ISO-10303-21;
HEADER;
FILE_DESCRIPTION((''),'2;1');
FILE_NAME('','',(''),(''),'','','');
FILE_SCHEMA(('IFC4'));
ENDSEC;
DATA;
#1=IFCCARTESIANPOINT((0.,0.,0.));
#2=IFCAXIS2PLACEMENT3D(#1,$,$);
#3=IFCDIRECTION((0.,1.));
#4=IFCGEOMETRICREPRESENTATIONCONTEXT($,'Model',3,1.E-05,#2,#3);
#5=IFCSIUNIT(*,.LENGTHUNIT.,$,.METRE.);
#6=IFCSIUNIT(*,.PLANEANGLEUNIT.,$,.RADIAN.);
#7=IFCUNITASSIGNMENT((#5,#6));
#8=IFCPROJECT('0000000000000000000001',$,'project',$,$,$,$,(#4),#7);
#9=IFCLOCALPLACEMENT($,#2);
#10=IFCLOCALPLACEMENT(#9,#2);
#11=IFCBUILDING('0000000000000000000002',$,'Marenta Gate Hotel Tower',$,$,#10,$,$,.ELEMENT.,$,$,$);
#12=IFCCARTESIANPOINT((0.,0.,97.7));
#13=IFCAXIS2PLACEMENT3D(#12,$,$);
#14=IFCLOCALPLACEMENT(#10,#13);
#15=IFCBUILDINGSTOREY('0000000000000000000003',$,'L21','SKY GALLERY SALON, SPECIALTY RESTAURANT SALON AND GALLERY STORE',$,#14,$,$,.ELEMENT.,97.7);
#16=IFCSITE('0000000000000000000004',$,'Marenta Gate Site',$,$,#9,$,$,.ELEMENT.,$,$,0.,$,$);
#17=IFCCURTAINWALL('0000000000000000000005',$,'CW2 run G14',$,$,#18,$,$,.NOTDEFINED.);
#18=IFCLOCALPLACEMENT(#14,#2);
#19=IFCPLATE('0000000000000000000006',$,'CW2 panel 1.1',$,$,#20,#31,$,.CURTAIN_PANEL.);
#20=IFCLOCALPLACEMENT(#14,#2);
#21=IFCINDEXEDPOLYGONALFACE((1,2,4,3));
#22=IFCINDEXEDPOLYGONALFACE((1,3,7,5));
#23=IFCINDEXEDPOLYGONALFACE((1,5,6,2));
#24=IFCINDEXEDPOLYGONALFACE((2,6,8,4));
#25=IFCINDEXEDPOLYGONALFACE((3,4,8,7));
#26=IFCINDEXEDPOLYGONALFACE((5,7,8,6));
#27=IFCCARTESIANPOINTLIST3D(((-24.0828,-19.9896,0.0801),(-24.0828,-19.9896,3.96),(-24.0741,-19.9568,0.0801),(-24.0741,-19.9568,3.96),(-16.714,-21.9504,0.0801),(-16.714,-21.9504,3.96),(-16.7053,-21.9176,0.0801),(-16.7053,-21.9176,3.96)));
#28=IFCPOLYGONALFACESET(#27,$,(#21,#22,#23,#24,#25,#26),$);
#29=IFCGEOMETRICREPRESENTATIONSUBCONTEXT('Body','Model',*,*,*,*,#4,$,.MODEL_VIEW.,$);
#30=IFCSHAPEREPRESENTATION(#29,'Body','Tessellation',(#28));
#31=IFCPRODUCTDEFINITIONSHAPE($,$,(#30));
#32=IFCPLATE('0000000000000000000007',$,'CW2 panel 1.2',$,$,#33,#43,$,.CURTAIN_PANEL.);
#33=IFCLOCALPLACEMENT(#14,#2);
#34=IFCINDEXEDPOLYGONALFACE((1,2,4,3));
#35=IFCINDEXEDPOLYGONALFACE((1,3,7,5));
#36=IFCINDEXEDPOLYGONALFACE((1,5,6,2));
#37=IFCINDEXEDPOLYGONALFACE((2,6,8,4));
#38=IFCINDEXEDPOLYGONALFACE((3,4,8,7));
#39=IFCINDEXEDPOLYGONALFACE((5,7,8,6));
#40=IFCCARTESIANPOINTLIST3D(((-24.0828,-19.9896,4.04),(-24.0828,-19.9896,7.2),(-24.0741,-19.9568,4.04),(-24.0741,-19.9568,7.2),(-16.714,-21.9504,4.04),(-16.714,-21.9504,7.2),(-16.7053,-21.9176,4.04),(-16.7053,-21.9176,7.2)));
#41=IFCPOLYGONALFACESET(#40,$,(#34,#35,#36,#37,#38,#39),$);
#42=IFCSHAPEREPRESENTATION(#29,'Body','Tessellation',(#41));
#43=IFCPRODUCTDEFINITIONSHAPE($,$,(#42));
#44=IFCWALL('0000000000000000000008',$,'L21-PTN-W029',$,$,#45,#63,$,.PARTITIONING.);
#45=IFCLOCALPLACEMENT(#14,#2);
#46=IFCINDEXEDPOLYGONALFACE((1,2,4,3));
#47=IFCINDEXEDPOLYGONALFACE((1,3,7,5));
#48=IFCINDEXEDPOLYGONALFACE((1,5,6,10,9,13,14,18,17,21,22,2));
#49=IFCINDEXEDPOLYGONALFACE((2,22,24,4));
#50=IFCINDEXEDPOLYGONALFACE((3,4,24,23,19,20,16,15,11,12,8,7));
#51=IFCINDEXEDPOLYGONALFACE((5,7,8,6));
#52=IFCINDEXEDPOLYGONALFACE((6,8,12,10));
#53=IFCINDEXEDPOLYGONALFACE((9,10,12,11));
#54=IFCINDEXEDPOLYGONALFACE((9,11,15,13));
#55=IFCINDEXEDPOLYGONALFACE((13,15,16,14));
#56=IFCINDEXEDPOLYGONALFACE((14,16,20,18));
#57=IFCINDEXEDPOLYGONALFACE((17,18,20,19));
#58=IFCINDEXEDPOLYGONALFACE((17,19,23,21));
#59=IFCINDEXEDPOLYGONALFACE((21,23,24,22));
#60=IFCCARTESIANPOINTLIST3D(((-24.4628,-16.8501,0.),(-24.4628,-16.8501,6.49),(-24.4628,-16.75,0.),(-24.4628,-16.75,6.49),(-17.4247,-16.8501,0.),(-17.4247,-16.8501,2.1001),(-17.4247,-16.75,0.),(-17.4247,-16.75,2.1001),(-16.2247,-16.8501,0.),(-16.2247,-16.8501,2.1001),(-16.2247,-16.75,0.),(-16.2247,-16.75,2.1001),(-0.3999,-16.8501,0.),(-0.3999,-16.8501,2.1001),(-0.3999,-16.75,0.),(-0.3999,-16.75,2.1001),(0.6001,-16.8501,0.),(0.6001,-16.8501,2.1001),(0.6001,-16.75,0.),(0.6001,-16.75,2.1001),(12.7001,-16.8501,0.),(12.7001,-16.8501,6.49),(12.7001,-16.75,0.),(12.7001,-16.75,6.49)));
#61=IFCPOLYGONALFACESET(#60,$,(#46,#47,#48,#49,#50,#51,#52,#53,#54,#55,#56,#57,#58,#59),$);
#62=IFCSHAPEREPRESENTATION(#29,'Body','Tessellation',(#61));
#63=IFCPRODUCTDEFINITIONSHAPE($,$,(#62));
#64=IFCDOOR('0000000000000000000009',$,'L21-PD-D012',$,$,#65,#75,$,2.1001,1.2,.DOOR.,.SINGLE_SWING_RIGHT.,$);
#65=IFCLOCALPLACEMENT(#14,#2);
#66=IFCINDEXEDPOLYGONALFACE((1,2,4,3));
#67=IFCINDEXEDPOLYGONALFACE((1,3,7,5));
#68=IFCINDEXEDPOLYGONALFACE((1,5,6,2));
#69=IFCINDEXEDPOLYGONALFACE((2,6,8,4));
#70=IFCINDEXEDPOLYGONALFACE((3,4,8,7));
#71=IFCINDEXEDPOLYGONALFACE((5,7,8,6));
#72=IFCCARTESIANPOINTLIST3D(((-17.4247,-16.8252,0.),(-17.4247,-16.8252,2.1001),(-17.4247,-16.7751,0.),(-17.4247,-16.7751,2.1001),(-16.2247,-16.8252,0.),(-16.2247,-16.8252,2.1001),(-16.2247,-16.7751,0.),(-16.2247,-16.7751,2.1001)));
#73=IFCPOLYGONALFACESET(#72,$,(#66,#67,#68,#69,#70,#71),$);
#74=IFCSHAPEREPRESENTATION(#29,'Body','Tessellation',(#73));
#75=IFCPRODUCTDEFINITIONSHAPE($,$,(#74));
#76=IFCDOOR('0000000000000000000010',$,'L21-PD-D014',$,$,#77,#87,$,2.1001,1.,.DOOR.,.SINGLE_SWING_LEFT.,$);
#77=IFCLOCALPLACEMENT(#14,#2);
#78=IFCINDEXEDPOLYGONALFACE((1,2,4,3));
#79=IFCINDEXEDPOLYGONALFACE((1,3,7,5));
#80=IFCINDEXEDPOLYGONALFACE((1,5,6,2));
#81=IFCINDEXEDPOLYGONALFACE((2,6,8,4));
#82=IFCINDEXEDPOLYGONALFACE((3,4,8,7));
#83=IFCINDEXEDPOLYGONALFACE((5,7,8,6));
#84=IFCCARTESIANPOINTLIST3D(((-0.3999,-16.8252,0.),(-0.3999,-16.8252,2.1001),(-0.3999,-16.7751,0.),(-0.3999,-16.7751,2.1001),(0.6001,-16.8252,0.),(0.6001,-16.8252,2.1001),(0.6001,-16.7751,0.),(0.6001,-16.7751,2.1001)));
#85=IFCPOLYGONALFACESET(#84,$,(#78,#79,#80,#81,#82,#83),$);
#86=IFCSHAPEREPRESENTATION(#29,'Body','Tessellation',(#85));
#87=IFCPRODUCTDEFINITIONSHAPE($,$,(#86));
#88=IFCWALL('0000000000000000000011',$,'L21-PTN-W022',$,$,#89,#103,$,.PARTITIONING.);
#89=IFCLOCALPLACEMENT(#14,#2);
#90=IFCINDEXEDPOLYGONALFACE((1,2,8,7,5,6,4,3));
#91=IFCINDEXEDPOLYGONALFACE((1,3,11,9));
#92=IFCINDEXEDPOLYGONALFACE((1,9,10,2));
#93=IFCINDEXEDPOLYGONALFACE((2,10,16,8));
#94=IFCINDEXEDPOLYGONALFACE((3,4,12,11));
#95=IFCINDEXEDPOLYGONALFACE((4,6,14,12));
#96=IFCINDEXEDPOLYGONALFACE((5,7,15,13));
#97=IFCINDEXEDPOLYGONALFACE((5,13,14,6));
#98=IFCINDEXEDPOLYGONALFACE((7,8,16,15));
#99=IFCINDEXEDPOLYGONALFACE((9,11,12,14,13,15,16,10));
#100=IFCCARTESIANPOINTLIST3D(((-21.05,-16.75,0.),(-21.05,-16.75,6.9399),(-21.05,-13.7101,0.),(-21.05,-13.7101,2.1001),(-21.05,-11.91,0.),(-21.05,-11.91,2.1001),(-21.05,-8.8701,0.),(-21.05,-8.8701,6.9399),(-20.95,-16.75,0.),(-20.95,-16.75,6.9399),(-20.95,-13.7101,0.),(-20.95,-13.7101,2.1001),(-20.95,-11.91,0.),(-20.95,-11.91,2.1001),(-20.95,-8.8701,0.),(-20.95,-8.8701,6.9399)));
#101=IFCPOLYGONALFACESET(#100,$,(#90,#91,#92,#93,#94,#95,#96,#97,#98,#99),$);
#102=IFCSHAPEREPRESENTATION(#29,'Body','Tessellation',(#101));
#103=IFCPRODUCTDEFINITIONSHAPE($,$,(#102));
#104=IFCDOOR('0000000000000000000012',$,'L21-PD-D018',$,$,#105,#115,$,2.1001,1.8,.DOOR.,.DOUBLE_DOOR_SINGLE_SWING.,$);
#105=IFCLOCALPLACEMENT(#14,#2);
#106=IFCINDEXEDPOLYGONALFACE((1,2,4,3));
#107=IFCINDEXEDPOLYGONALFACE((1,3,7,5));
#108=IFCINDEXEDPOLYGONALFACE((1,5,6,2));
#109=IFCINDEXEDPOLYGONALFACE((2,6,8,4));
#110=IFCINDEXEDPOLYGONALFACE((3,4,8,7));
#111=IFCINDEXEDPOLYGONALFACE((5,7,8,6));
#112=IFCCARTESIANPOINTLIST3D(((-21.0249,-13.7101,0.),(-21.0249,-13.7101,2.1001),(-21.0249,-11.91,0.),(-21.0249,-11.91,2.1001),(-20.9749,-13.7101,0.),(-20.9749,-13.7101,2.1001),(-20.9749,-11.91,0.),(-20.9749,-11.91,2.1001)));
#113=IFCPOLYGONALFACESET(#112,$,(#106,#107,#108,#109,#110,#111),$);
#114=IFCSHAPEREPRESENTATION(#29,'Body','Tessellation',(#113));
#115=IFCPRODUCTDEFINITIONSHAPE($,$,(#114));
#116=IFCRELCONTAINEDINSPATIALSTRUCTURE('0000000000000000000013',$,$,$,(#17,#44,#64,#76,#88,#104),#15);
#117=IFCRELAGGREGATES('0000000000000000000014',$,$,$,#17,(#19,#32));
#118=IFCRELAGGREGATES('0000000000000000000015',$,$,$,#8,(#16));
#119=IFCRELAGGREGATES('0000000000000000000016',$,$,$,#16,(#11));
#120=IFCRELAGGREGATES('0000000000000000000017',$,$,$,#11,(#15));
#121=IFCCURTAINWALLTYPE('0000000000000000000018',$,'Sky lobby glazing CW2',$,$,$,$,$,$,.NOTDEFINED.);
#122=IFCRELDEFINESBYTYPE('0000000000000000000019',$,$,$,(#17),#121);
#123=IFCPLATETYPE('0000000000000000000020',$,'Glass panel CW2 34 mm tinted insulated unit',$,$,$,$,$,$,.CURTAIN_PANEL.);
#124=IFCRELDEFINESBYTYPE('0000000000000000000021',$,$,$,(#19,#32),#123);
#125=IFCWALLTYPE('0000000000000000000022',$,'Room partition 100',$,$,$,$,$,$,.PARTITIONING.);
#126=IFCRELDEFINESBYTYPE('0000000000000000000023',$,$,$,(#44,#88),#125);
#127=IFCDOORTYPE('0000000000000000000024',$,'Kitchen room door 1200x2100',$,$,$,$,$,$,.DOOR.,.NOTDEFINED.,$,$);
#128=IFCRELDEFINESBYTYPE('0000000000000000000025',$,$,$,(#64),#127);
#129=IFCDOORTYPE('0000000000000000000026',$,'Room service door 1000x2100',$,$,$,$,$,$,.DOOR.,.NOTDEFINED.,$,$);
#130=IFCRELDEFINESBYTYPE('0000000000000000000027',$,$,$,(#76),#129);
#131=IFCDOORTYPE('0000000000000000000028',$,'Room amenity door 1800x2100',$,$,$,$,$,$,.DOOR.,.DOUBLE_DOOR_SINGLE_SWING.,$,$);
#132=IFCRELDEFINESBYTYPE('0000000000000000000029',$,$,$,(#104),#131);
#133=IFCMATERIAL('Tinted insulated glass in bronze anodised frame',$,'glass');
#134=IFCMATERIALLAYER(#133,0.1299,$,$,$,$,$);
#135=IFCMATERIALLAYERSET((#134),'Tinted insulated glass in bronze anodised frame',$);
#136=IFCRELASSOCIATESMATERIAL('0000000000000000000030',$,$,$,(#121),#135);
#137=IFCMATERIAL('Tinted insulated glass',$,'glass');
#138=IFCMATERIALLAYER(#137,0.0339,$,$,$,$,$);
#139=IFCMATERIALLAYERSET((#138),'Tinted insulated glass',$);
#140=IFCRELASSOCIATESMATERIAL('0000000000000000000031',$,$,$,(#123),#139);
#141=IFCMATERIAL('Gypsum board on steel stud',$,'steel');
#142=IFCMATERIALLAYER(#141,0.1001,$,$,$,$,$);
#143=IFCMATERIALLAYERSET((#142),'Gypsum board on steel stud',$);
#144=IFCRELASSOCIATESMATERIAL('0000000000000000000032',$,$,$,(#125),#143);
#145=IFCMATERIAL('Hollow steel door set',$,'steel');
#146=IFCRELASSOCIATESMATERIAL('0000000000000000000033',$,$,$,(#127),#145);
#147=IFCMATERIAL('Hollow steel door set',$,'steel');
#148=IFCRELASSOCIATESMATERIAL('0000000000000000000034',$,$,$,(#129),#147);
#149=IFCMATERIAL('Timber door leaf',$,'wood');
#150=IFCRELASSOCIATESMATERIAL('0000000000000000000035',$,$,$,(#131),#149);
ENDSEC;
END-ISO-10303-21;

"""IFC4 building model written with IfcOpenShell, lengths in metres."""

from ifc_helpers import new_model, si_unit, direction, frame, frame_2d, origin, origin_2d, place, context, subcontext, project, spatial, rectangle, extrude, material, layer, layer_set, type_object, element, fill, aggregate, save


model = new_model("IFC4")

# Units and contexts
model_context = context("Model", 3, precision=1e-05, world=origin(), true_north=direction((0.0, 1.0)))
body_context = subcontext(model_context, "Body", "Model", "MODEL_VIEW")
ifc_project = project(units=[si_unit("LENGTHUNIT", "METRE"), si_unit("PLANEANGLEUNIT", "RADIAN")], contexts=[model_context])

# Site, building, storey
site_placement = place(None, origin())
site = spatial("IfcSite", under=ifc_project, at=site_placement, Name="Marenta Gate Site", CompositionType="ELEMENT", RefElevation=0.0)
building_placement = place(site_placement, origin())
building = spatial("IfcBuilding", under=site, at=building_placement, Name="Marenta Gate Hotel Tower", CompositionType="ELEMENT")
storey_placement = place(building_placement, frame((0.0, 0.0, 97.7)))
storey = spatial("IfcBuildingStorey", under=building, at=storey_placement, Name="L21", Description="SKY GALLERY SALON, SPECIALTY RESTAURANT SALON AND GALLERY STORE", CompositionType="ELEMENT", Elevation=97.7)

# Curtain wall
ifc_material_1 = material(Name="Tinted insulated glass in bronze anodised frame", Category="glass")
ifc_layer_1 = layer(ifc_material_1, 0.1299)
ifc_layer_set_1 = layer_set([ifc_layer_1], Name="Tinted insulated glass in bronze anodised frame")
curtain_wall_type = type_object("IfcCurtainWallType", Name="Sky lobby glazing CW2", PredefinedType="NOTDEFINED", material=ifc_layer_set_1)
curtain_wall_1_placement = place(storey_placement, origin())
curtain_wall_1 = element("IfcCurtainWall", 1, at=curtain_wall_1_placement, inside=storey, type_object=curtain_wall_type, Name="CW2 run G14", PredefinedType="NOTDEFINED")

# Shared definitions
ifc_material_2 = material(Name="Tinted insulated glass", Category="glass")
ifc_layer_2 = layer(ifc_material_2, 0.0339)
ifc_layer_set_2 = layer_set([ifc_layer_2], Name="Tinted insulated glass")
plate_type = type_object("IfcPlateType", Name="Glass panel CW2 34 mm tinted insulated unit", PredefinedType="CURTAIN_PANEL", material=ifc_layer_set_2)

# Plates
plate_1_placement = place(storey_placement, frame((-20.394, -20.9536, 0.0801), z_axis=(0.0, 0.0, 1.0), x_axis=(0.966375, -0.257138, 0.0)))
plate_1 = element("IfcPlate", 2, at=plate_1_placement, type_object=plate_type, Name="CW2 panel 1.1", PredefinedType="CURTAIN_PANEL", context=body_context, shape_type="SweptSolid", body=[
    extrude(rectangle(XDim=7.6252, YDim=0.0339, at=origin_2d()), origin(), (0.0, 0.0, 1.0), 3.8799),
])
plate_2_placement = place(storey_placement, frame((-20.394, -20.9536, 4.04), z_axis=(0.0, 0.0, 1.0), x_axis=(0.966375, -0.257138, 0.0)))
plate_2 = element("IfcPlate", 3, at=plate_2_placement, type_object=plate_type, Name="CW2 panel 1.2", PredefinedType="CURTAIN_PANEL", context=body_context, shape_type="SweptSolid", body=[
    extrude(rectangle(XDim=7.6252, YDim=0.0339, at=origin_2d()), origin(), (0.0, 0.0, 1.0), 3.1599),
])
aggregate(curtain_wall_1, [plate_1, plate_2])

# Wall, openings, doors
ifc_material_3 = material(Name="Gypsum board on steel stud", Category="steel")
ifc_layer_3 = layer(ifc_material_3, 0.1001)
ifc_layer_set_3 = layer_set([ifc_layer_3], Name="Gypsum board on steel stud")
wall_type = type_object("IfcWallType", Name="Room partition 100", PredefinedType="PARTITIONING", material=ifc_layer_set_3)
wall_1_placement = place(storey_placement, frame((-24.4629, -16.8, 0.0), z_axis=(0.0, 0.0, 1.0), x_axis=(1.0, 0.0, 0.0)))
wall_1 = element("IfcWall", 4, at=wall_1_placement, inside=storey, type_object=wall_type, Name="L21-PTN-W029", PredefinedType="PARTITIONING", context=body_context, shape_type="SweptSolid", body=[
    extrude(rectangle(XDim=37.1628, YDim=0.1001, at=frame_2d((18.5815, 0.0))), origin(), (0.0, 0.0, 1.0), 6.49),
])
opening_1_placement = place(wall_1_placement, frame((7.0381, 0.0, 0.0)))
opening_1 = element("IfcOpeningElement", 5, at=opening_1_placement, cuts=wall_1, PredefinedType="OPENING", context=body_context, shape_type="SweptSolid", body=[
    extrude(rectangle(XDim=1.2, YDim=2.1001, at=frame_2d((0.6001, 1.05))), frame((0.0, 0.05, 0.0), z_axis=(0.0, -1.0, 0.0), x_axis=(1.0, 0.0, 0.0)), (0.0, 0.0, 1.0), 0.1001),
])
opening_2_placement = place(wall_1_placement, frame((24.063, 0.0, 0.0)))
opening_2 = element("IfcOpeningElement", 6, at=opening_2_placement, cuts=wall_1, PredefinedType="OPENING", context=body_context, shape_type="SweptSolid", body=[
    extrude(rectangle(XDim=1.0, YDim=2.1001, at=frame_2d((0.5, 1.05))), frame((0.0, 0.05, 0.0), z_axis=(0.0, -1.0, 0.0), x_axis=(1.0, 0.0, 0.0)), (0.0, 0.0, 1.0), 0.1001),
])
ifc_material_4 = material(Name="Hollow steel door set", Category="steel")
door_type_1 = type_object("IfcDoorType", Name="Kitchen room door 1200x2100", OperationType="NOTDEFINED", PredefinedType="DOOR", material=ifc_material_4)
door_1_placement = place(opening_1_placement, origin())
door_1 = element("IfcDoor", 7, at=door_1_placement, inside=storey, type_object=door_type_1, Name="L21-PD-D012", OperationType="SINGLE_SWING_RIGHT", OverallHeight=2.1001, OverallWidth=1.2, PredefinedType="DOOR", context=body_context, shape_type="SweptSolid", body=[
    extrude(rectangle(XDim=1.2, YDim=2.1001, at=frame_2d((0.6001, 1.05))), frame((0.0, 0.0249, 0.0), z_axis=(0.0, -1.0, 0.0), x_axis=(1.0, 0.0, 0.0)), (0.0, 0.0, 1.0), 0.05),
])
fill(opening_1, door_1)
ifc_material_5 = material(Name="Hollow steel door set", Category="steel")
door_type_2 = type_object("IfcDoorType", Name="Room service door 1000x2100", OperationType="NOTDEFINED", PredefinedType="DOOR", material=ifc_material_5)
door_2_placement = place(opening_2_placement, origin())
door_2 = element("IfcDoor", 8, at=door_2_placement, inside=storey, type_object=door_type_2, Name="L21-PD-D014", OperationType="SINGLE_SWING_LEFT", OverallHeight=2.1001, OverallWidth=1.0, PredefinedType="DOOR", context=body_context, shape_type="SweptSolid", body=[
    extrude(rectangle(XDim=1.0, YDim=2.1001, at=frame_2d((0.5, 1.05))), frame((0.0, 0.0249, 0.0), z_axis=(0.0, -1.0, 0.0), x_axis=(1.0, 0.0, 0.0)), (0.0, 0.0, 1.0), 0.05),
])
fill(opening_2, door_2)

# Wall, opening, door
wall_2_placement = place(storey_placement, frame((-21.0, -16.75, 0.0), z_axis=(0.0, 0.0, 1.0), x_axis=(0.0, 1.0, 0.0)))
wall_2 = element("IfcWall", 9, at=wall_2_placement, inside=storey, type_object=wall_type, Name="L21-PTN-W022", PredefinedType="PARTITIONING", context=body_context, shape_type="SweptSolid", body=[
    extrude(rectangle(XDim=7.8799, YDim=0.1001, at=frame_2d((3.9399, 0.0))), origin(), (0.0, 0.0, 1.0), 6.9399),
])
opening_3_placement = place(wall_2_placement, frame((3.04, 0.0, 0.0)))
opening_3 = element("IfcOpeningElement", 10, at=opening_3_placement, cuts=wall_2, PredefinedType="OPENING", context=body_context, shape_type="SweptSolid", body=[
    extrude(rectangle(XDim=1.8, YDim=2.1001, at=frame_2d((0.8999, 1.05))), frame((0.0, 0.05, 0.0), z_axis=(0.0, -1.0, 0.0), x_axis=(1.0, 0.0, 0.0)), (0.0, 0.0, 1.0), 0.1001),
])
ifc_material_6 = material(Name="Timber door leaf", Category="wood")
door_type_3 = type_object("IfcDoorType", Name="Room amenity door 1800x2100", OperationType="DOUBLE_DOOR_SINGLE_SWING", PredefinedType="DOOR", material=ifc_material_6)
door_3_placement = place(opening_3_placement, origin())
door_3 = element("IfcDoor", 11, at=door_3_placement, inside=storey, type_object=door_type_3, Name="L21-PD-D018", OperationType="DOUBLE_DOOR_SINGLE_SWING", OverallHeight=2.1001, OverallWidth=1.8, PredefinedType="DOOR", context=body_context, shape_type="SweptSolid", body=[
    extrude(rectangle(XDim=1.8, YDim=2.1001, at=frame_2d((0.8999, 1.05))), frame((0.0, 0.0249, 0.0), z_axis=(0.0, -1.0, 0.0), x_axis=(1.0, 0.0, 0.0)), (0.0, 0.0, 1.0), 0.05),
])
fill(opening_3, door_3)

save(model, "model.ifc")
